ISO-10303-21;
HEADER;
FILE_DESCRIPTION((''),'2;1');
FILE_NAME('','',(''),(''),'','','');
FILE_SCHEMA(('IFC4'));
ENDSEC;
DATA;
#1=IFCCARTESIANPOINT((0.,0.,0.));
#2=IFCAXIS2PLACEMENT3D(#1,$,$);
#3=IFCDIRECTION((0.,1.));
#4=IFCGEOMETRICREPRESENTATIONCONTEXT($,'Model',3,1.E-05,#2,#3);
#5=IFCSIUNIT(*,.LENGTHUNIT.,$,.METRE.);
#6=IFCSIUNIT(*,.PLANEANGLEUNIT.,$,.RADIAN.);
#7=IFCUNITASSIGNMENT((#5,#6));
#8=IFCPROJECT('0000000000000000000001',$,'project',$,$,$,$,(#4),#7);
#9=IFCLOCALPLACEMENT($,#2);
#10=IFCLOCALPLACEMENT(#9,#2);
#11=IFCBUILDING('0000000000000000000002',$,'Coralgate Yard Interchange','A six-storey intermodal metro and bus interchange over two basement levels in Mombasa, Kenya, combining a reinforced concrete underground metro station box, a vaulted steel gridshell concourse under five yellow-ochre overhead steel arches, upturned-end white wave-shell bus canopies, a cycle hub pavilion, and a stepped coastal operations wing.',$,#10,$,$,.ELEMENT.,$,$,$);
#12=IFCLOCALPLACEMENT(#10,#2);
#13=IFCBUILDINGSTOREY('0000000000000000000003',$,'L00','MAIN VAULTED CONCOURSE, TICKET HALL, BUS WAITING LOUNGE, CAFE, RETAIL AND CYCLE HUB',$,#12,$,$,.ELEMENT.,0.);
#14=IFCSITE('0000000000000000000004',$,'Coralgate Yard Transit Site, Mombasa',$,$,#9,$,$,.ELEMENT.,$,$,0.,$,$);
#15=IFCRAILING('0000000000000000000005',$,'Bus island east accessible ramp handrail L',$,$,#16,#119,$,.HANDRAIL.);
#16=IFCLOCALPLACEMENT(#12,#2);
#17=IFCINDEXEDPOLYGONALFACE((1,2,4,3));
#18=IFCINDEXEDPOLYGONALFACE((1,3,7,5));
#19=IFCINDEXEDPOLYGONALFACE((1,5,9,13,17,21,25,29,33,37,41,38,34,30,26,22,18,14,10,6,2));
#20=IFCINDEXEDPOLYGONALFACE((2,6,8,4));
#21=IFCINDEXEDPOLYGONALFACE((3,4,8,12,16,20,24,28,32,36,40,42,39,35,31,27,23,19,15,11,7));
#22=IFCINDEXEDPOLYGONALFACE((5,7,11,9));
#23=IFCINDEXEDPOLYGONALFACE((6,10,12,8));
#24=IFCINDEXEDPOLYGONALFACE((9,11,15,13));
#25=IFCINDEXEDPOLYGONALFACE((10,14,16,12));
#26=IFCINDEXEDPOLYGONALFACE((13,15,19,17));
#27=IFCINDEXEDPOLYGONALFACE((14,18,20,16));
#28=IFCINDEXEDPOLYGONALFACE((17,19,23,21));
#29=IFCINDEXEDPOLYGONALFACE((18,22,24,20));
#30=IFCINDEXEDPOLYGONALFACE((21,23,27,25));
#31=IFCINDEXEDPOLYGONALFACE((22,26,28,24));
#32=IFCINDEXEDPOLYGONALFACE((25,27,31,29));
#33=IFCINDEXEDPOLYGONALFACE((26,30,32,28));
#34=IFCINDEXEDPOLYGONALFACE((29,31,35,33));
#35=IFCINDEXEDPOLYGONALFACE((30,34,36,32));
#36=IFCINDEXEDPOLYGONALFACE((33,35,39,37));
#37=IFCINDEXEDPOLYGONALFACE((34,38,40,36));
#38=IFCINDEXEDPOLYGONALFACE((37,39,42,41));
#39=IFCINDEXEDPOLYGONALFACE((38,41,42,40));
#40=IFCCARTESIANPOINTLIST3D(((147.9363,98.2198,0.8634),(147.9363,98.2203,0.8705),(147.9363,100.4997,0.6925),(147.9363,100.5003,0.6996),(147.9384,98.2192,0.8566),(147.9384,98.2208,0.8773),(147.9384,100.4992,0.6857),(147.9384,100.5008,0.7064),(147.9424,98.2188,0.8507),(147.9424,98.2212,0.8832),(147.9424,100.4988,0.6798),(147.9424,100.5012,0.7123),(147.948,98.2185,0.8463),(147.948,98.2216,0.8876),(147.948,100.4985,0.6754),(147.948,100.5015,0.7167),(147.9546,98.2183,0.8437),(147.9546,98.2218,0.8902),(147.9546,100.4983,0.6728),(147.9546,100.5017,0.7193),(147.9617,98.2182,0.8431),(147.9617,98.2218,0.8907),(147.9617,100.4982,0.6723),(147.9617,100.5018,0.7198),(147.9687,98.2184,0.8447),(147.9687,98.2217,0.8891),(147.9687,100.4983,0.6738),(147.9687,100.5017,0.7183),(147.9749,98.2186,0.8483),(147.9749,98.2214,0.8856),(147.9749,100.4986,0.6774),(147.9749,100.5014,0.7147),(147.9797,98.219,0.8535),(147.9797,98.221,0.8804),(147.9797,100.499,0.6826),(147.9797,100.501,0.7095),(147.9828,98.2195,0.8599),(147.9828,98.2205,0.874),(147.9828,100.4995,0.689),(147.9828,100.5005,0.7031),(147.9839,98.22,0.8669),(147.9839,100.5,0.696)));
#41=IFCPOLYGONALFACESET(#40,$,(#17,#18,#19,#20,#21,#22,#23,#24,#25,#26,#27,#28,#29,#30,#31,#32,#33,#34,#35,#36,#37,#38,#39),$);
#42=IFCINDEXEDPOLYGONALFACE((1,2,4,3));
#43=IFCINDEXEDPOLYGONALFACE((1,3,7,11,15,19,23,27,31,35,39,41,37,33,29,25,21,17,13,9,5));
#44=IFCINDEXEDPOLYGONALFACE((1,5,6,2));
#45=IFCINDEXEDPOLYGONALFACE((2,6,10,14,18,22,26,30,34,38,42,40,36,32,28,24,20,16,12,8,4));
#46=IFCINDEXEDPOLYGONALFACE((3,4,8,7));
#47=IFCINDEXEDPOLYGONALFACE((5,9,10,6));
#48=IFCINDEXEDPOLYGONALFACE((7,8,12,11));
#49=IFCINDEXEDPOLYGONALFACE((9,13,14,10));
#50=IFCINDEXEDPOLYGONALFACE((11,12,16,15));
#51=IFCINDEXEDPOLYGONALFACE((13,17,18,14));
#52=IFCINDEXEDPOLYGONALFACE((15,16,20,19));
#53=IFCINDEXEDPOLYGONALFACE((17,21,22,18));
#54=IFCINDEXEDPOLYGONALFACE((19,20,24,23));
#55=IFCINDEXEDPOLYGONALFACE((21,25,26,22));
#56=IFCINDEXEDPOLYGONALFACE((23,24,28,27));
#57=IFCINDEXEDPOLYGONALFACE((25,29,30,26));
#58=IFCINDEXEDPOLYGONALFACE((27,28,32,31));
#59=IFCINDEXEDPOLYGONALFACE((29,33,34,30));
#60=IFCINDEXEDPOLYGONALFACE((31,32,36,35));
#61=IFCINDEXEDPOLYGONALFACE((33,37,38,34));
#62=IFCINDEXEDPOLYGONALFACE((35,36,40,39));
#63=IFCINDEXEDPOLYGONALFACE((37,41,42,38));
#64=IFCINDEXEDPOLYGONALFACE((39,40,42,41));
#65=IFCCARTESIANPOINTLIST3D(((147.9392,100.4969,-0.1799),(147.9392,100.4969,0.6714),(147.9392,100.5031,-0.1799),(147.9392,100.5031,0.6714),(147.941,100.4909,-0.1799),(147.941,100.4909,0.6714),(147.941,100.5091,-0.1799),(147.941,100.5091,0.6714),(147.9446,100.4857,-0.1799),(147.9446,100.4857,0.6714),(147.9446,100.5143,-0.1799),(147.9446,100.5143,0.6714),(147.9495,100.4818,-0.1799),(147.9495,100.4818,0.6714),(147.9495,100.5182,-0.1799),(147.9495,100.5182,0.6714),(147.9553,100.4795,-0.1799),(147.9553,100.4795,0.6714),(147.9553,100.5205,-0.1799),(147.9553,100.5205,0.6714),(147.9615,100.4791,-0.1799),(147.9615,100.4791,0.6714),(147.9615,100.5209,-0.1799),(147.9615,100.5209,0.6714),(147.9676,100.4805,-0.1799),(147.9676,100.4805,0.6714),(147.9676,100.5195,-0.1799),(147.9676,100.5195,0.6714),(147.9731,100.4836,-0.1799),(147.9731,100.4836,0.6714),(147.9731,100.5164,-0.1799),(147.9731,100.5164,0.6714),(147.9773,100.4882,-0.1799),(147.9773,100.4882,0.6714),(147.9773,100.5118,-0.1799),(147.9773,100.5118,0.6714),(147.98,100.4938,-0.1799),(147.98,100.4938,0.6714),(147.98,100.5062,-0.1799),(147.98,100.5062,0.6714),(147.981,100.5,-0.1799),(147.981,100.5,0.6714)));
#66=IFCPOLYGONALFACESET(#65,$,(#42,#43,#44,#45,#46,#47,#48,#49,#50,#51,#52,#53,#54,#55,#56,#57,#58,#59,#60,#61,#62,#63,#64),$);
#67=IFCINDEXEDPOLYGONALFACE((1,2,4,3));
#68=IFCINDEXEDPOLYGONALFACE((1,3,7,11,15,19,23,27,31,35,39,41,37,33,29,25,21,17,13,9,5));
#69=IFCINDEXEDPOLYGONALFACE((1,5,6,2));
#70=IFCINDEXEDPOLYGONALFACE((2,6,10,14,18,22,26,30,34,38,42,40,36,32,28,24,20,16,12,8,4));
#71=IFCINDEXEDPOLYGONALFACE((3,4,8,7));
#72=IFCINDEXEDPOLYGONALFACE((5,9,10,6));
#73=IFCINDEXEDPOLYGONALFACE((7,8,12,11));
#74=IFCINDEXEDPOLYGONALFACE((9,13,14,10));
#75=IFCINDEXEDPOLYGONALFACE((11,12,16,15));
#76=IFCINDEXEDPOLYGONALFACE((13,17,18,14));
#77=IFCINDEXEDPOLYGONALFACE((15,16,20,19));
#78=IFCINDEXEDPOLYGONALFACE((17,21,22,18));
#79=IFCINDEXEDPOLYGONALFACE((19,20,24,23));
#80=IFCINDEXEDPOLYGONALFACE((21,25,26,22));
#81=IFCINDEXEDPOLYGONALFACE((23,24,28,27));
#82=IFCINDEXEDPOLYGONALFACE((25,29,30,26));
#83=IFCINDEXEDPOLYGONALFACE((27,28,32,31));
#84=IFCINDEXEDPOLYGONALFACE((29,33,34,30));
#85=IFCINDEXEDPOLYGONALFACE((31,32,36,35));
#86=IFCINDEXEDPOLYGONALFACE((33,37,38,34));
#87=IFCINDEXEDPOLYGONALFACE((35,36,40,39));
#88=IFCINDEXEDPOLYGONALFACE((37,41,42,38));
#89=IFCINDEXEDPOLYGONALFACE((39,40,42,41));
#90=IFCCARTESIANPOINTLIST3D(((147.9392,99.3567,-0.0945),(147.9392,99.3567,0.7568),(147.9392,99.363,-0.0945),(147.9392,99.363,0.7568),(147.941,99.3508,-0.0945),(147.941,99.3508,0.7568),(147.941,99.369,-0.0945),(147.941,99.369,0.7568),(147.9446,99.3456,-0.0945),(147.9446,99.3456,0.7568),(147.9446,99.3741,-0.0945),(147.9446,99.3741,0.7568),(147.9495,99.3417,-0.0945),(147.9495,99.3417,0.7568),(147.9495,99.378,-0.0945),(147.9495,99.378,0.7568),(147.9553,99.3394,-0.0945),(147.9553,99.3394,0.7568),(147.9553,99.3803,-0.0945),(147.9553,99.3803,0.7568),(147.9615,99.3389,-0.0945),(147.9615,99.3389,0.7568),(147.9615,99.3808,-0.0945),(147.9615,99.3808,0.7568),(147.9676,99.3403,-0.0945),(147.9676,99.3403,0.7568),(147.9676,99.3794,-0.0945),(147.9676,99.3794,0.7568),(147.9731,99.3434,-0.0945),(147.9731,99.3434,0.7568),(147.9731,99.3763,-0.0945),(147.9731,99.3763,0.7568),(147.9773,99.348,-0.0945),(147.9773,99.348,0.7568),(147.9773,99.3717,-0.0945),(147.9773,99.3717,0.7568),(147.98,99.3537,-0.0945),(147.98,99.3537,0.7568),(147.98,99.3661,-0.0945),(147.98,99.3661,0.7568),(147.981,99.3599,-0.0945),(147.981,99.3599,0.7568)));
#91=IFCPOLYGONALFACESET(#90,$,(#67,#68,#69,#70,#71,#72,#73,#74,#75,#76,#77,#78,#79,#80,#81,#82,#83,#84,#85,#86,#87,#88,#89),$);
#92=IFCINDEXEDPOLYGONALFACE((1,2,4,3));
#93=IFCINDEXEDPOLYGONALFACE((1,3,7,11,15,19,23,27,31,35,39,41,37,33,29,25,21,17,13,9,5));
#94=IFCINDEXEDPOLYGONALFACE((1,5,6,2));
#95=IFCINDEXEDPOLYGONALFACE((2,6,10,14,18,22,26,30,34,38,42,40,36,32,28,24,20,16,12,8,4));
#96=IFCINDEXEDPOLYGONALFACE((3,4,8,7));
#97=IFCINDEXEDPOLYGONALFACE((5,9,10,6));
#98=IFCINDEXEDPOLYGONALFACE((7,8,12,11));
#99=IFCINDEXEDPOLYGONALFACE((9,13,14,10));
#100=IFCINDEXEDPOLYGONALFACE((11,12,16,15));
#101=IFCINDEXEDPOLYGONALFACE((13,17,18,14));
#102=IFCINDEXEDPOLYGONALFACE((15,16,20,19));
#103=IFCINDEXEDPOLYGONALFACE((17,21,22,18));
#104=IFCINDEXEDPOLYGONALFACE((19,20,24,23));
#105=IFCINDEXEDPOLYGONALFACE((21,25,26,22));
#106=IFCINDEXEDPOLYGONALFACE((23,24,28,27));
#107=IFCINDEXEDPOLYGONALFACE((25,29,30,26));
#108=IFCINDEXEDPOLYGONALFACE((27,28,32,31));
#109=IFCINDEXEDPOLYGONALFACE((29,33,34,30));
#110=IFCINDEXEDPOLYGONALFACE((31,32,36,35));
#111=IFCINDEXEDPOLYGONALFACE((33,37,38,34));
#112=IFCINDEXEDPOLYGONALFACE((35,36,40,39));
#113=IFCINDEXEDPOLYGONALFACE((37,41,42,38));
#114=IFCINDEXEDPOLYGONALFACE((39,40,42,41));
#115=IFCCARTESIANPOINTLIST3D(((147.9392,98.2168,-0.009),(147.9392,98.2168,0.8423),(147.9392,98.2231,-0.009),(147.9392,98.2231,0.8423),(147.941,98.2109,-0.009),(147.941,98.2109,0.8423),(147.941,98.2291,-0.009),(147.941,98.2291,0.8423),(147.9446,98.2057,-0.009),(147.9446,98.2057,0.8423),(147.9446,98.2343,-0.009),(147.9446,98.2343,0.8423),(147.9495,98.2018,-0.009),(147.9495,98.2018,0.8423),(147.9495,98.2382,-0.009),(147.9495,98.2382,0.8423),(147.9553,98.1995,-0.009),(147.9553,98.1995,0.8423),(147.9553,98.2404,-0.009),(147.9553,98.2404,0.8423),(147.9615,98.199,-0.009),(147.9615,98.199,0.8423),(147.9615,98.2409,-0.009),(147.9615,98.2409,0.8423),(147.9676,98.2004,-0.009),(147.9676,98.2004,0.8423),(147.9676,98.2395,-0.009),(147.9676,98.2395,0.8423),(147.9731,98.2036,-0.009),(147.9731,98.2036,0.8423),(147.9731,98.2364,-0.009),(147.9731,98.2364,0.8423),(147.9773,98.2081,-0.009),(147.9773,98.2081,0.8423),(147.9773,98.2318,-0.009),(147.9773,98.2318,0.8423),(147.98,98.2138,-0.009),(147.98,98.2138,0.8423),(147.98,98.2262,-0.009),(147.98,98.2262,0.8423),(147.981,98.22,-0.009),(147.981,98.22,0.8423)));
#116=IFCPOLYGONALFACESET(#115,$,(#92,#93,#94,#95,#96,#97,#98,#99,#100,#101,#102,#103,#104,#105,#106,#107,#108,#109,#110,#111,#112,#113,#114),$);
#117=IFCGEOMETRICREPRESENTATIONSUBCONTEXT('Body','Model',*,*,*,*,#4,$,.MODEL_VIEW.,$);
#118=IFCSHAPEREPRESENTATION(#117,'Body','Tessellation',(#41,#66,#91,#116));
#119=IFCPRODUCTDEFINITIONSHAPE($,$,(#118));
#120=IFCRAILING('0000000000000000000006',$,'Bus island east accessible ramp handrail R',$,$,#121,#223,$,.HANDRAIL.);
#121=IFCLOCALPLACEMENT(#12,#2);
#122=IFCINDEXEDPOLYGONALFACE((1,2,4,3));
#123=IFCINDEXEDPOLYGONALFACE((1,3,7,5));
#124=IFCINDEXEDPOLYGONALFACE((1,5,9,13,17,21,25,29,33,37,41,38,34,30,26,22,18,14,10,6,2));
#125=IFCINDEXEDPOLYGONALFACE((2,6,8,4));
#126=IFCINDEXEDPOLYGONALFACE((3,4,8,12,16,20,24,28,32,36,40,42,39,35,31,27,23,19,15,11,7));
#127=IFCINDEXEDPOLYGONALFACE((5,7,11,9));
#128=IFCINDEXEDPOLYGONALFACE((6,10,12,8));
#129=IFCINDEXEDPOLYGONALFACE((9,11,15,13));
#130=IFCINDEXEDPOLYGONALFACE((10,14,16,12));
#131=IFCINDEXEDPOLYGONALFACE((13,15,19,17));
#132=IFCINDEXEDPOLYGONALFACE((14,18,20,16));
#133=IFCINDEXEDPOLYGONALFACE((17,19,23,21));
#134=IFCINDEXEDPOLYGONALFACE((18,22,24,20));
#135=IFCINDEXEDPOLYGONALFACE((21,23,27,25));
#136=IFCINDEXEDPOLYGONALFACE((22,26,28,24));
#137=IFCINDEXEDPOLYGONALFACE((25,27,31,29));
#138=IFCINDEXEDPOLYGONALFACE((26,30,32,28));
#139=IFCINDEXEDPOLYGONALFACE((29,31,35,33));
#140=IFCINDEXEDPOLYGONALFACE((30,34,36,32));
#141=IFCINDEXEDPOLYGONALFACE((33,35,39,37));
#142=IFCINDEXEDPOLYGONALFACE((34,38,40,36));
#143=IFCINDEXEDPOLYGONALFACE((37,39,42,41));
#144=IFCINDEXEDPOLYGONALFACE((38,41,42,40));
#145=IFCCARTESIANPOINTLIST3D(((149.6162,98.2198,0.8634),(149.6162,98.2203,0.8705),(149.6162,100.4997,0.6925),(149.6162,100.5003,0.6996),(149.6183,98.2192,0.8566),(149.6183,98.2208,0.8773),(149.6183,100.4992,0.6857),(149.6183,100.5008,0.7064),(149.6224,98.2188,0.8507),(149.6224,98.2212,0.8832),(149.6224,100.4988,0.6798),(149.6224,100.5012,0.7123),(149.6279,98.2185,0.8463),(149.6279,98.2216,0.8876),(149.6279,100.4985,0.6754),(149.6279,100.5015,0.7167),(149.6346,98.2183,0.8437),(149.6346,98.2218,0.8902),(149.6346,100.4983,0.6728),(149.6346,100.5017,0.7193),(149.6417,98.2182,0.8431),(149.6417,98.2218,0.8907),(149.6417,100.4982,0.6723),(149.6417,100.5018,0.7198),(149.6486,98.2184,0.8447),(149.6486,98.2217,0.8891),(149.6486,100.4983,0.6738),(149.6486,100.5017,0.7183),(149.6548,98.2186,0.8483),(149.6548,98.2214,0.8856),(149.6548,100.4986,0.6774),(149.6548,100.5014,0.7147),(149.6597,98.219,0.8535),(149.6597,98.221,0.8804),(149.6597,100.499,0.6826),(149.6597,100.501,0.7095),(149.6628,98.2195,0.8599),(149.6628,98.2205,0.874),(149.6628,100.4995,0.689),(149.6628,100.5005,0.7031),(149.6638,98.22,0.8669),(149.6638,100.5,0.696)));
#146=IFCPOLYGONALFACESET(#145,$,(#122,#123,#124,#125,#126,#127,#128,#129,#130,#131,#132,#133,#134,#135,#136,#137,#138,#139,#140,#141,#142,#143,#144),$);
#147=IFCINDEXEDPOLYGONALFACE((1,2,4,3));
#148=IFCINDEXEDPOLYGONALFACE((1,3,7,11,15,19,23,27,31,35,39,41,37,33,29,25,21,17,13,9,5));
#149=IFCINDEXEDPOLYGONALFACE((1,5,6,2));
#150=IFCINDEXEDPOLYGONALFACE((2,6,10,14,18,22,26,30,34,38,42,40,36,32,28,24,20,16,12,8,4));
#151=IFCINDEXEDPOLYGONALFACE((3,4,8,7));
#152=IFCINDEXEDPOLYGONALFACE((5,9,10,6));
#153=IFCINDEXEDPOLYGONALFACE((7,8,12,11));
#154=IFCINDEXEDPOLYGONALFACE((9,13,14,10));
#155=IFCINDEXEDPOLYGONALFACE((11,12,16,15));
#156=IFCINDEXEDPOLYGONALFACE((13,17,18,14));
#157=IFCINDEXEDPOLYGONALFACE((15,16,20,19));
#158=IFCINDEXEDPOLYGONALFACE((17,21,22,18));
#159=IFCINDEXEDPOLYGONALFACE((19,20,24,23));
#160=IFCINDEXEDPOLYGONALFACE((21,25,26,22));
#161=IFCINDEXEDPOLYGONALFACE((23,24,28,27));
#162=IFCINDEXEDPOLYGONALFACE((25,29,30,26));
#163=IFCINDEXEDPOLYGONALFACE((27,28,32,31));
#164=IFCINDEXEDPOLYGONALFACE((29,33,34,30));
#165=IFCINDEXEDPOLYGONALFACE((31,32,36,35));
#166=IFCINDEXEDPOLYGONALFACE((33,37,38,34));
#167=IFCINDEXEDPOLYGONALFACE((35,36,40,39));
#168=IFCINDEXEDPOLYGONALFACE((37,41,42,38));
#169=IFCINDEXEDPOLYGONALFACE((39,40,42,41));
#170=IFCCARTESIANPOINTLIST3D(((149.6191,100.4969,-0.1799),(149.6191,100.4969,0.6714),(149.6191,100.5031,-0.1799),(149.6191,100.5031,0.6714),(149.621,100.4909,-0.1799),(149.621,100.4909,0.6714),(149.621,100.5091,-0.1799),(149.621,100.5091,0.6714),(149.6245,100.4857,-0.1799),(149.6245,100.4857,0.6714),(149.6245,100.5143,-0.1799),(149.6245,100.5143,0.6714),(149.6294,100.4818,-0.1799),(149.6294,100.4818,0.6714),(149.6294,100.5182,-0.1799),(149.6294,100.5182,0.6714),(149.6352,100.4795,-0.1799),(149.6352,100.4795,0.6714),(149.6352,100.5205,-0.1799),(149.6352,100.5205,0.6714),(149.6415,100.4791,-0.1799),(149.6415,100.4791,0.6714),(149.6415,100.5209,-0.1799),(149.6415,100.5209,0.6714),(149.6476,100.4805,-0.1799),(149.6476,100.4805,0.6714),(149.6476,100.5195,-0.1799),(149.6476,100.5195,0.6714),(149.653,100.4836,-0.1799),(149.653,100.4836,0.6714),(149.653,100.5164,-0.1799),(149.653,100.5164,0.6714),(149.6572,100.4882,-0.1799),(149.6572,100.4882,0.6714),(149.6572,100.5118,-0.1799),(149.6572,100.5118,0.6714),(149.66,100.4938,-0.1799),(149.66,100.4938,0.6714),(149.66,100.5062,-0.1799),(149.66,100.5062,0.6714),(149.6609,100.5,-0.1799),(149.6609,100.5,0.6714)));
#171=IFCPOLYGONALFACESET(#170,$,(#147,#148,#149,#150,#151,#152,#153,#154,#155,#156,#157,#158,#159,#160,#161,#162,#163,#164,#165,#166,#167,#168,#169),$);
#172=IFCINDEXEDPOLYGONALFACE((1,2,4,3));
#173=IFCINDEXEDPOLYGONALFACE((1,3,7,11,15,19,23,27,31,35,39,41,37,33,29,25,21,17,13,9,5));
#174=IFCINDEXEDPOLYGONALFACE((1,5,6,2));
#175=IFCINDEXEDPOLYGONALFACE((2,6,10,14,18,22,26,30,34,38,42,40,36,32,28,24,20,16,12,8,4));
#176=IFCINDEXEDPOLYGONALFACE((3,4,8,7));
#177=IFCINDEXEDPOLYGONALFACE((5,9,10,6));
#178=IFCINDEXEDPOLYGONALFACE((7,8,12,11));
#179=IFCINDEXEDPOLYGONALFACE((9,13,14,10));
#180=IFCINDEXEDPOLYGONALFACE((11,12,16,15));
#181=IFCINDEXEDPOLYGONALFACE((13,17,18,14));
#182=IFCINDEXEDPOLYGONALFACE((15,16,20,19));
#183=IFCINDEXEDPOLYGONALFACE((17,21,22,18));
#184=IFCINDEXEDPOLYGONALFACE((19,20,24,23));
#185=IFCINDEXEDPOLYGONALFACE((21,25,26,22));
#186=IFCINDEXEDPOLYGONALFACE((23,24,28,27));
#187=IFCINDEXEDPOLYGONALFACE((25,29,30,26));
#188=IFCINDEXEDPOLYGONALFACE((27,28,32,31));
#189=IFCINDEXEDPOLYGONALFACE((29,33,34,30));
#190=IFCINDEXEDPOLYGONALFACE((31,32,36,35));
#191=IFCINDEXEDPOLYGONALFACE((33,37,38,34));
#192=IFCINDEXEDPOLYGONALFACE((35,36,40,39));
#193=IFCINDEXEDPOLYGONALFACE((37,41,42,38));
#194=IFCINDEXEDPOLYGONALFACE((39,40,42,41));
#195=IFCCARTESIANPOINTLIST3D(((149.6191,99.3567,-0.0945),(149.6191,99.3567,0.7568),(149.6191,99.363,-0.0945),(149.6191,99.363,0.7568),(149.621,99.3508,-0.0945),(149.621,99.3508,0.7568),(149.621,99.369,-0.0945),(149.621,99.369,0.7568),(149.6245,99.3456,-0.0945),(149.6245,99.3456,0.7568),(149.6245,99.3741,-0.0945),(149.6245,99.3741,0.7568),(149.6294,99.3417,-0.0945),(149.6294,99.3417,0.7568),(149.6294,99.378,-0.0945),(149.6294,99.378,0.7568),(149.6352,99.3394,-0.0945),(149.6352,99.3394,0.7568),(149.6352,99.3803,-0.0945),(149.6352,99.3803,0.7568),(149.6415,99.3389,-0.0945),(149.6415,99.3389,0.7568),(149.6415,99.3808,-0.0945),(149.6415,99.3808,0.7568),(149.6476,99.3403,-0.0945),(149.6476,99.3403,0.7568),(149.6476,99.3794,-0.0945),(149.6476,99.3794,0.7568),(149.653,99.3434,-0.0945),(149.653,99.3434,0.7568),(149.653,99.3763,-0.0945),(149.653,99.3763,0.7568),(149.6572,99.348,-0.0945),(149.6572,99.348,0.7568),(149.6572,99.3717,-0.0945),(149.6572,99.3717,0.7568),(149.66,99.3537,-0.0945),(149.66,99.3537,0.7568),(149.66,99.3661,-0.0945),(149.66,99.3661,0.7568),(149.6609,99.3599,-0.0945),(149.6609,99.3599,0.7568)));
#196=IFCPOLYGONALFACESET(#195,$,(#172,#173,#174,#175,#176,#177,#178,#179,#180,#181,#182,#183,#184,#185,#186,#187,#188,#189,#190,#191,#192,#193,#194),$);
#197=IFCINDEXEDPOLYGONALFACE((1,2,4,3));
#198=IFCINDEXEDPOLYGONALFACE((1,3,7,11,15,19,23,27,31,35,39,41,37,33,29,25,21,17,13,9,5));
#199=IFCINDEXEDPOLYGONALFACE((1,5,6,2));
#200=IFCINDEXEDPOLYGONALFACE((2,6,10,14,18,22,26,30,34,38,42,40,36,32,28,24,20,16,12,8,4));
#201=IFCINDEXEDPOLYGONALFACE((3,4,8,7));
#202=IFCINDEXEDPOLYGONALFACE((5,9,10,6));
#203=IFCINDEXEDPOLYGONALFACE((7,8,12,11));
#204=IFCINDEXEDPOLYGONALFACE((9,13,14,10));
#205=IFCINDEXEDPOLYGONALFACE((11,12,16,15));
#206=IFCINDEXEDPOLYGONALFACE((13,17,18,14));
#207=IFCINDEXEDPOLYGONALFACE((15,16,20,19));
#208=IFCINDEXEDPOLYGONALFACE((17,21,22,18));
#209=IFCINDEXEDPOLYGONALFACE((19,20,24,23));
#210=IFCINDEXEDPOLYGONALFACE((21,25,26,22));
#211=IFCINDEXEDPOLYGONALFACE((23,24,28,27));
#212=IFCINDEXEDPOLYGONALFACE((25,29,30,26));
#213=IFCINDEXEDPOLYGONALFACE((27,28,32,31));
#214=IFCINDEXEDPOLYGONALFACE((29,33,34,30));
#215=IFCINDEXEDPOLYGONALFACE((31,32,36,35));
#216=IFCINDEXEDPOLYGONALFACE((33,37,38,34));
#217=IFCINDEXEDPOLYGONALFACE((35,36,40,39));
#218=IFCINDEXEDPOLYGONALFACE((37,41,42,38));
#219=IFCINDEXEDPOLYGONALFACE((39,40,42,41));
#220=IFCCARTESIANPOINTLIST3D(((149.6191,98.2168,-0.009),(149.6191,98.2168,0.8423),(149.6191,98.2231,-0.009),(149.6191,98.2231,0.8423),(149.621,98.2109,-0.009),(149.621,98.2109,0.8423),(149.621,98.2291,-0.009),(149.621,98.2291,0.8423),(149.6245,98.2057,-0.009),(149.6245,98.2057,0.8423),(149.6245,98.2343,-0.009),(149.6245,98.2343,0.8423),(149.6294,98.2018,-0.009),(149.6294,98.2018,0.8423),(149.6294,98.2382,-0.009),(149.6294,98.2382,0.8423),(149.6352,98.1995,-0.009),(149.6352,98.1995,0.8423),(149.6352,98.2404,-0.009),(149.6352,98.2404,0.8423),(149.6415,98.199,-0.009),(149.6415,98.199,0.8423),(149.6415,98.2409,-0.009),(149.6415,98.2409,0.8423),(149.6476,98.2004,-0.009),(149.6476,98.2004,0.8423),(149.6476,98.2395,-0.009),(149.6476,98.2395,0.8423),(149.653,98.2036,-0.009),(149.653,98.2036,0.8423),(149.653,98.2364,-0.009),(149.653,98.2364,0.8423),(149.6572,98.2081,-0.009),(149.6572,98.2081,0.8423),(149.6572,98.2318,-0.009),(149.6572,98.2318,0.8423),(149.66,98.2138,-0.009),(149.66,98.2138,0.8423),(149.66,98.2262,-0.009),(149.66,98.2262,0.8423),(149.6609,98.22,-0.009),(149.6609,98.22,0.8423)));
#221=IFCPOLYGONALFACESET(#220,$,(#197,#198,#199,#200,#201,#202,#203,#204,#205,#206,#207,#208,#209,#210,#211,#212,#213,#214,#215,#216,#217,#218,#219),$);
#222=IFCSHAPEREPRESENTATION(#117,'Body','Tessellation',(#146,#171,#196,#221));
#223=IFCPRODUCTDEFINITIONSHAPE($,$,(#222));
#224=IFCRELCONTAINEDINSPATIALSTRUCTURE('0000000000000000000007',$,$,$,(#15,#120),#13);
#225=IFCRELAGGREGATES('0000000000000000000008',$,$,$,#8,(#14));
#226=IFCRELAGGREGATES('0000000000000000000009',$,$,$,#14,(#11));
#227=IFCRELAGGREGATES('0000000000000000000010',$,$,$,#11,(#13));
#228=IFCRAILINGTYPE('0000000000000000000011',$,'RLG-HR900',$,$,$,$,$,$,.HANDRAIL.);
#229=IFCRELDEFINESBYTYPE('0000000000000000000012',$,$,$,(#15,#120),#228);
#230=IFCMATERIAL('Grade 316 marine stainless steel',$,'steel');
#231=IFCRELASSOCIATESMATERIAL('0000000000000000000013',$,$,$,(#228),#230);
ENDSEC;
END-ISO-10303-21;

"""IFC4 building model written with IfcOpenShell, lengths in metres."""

from ifc_helpers import new_model, si_unit, direction, frame, origin, origin_2d, place, context, subcontext, project, spatial, circle, extrude, material, type_object, element, save


model = new_model("IFC4")

# Units and contexts
model_context = context("Model", 3, precision=1e-05, world=origin(), true_north=direction((0.0, 1.0)))
body_context = subcontext(model_context, "Body", "Model", "MODEL_VIEW")
ifc_project = project(units=[si_unit("LENGTHUNIT", "METRE"), si_unit("PLANEANGLEUNIT", "RADIAN")], contexts=[model_context])

# Site, building, storey
site_placement = place(None, origin())
site = spatial("IfcSite", under=ifc_project, at=site_placement, Name="Coralgate Yard Transit Site, Mombasa", CompositionType="ELEMENT", RefElevation=0.0)
building_placement = place(site_placement, origin())
building = spatial("IfcBuilding", under=site, at=building_placement, Name="Coralgate Yard Interchange", Description="A six-storey intermodal metro and bus interchange over two basement levels in Mombasa, Kenya, combining a reinforced concrete underground metro station box, a vaulted steel gridshell concourse under five yellow-ochre overhead steel arches, upturned-end white wave-shell bus canopies, a cycle hub pavilion, and a stepped coastal operations wing.", CompositionType="ELEMENT")
storey_placement = place(building_placement, origin())
storey = spatial("IfcBuildingStorey", under=building, at=storey_placement, Name="L00", Description="MAIN VAULTED CONCOURSE, TICKET HALL, BUS WAITING LOUNGE, CAFE, RETAIL AND CYCLE HUB", CompositionType="ELEMENT", Elevation=0.0)

# Railings
ifc_material_1 = material(Name="Grade 316 marine stainless steel", Category="steel")
railing_type = type_object("IfcRailingType", Name="RLG-HR900", PredefinedType="HANDRAIL", material=ifc_material_1)
for number, where, name in (
    (1, (147.96, 100.5, -0.1799), "Bus island east accessible ramp handrail L"),
    (2, (149.6399, 100.5, -0.1799), "Bus island east accessible ramp handrail R"),
):
    element("IfcRailing", number, at=place(storey_placement, frame(where)), inside=storey, type_object=railing_type, Name=name, PredefinedType="HANDRAIL", context=body_context, shape_type="SweptSolid", body=[
        extrude(circle(Radius=0.0239, at=origin_2d()), frame((0.0, 0.0, 0.876), z_axis=(0.0, -0.997203, 0.074745), x_axis=(1.0, 0.0, 0.0)), (0.0, 0.0, 1.0), 2.2864),
        extrude(circle(Radius=0.021, at=origin_2d()), origin(), (0.0, 0.0, 1.0), 0.8513),
        extrude(circle(Radius=0.021, at=origin_2d()), frame((0.0, -1.1401, 0.0854)), (0.0, 0.0, 1.0), 0.8513),
        extrude(circle(Radius=0.021, at=origin_2d()), frame((0.0, -2.28, 0.1709)), (0.0, 0.0, 1.0), 0.8513),
    ])

save(model, "model.ifc")
